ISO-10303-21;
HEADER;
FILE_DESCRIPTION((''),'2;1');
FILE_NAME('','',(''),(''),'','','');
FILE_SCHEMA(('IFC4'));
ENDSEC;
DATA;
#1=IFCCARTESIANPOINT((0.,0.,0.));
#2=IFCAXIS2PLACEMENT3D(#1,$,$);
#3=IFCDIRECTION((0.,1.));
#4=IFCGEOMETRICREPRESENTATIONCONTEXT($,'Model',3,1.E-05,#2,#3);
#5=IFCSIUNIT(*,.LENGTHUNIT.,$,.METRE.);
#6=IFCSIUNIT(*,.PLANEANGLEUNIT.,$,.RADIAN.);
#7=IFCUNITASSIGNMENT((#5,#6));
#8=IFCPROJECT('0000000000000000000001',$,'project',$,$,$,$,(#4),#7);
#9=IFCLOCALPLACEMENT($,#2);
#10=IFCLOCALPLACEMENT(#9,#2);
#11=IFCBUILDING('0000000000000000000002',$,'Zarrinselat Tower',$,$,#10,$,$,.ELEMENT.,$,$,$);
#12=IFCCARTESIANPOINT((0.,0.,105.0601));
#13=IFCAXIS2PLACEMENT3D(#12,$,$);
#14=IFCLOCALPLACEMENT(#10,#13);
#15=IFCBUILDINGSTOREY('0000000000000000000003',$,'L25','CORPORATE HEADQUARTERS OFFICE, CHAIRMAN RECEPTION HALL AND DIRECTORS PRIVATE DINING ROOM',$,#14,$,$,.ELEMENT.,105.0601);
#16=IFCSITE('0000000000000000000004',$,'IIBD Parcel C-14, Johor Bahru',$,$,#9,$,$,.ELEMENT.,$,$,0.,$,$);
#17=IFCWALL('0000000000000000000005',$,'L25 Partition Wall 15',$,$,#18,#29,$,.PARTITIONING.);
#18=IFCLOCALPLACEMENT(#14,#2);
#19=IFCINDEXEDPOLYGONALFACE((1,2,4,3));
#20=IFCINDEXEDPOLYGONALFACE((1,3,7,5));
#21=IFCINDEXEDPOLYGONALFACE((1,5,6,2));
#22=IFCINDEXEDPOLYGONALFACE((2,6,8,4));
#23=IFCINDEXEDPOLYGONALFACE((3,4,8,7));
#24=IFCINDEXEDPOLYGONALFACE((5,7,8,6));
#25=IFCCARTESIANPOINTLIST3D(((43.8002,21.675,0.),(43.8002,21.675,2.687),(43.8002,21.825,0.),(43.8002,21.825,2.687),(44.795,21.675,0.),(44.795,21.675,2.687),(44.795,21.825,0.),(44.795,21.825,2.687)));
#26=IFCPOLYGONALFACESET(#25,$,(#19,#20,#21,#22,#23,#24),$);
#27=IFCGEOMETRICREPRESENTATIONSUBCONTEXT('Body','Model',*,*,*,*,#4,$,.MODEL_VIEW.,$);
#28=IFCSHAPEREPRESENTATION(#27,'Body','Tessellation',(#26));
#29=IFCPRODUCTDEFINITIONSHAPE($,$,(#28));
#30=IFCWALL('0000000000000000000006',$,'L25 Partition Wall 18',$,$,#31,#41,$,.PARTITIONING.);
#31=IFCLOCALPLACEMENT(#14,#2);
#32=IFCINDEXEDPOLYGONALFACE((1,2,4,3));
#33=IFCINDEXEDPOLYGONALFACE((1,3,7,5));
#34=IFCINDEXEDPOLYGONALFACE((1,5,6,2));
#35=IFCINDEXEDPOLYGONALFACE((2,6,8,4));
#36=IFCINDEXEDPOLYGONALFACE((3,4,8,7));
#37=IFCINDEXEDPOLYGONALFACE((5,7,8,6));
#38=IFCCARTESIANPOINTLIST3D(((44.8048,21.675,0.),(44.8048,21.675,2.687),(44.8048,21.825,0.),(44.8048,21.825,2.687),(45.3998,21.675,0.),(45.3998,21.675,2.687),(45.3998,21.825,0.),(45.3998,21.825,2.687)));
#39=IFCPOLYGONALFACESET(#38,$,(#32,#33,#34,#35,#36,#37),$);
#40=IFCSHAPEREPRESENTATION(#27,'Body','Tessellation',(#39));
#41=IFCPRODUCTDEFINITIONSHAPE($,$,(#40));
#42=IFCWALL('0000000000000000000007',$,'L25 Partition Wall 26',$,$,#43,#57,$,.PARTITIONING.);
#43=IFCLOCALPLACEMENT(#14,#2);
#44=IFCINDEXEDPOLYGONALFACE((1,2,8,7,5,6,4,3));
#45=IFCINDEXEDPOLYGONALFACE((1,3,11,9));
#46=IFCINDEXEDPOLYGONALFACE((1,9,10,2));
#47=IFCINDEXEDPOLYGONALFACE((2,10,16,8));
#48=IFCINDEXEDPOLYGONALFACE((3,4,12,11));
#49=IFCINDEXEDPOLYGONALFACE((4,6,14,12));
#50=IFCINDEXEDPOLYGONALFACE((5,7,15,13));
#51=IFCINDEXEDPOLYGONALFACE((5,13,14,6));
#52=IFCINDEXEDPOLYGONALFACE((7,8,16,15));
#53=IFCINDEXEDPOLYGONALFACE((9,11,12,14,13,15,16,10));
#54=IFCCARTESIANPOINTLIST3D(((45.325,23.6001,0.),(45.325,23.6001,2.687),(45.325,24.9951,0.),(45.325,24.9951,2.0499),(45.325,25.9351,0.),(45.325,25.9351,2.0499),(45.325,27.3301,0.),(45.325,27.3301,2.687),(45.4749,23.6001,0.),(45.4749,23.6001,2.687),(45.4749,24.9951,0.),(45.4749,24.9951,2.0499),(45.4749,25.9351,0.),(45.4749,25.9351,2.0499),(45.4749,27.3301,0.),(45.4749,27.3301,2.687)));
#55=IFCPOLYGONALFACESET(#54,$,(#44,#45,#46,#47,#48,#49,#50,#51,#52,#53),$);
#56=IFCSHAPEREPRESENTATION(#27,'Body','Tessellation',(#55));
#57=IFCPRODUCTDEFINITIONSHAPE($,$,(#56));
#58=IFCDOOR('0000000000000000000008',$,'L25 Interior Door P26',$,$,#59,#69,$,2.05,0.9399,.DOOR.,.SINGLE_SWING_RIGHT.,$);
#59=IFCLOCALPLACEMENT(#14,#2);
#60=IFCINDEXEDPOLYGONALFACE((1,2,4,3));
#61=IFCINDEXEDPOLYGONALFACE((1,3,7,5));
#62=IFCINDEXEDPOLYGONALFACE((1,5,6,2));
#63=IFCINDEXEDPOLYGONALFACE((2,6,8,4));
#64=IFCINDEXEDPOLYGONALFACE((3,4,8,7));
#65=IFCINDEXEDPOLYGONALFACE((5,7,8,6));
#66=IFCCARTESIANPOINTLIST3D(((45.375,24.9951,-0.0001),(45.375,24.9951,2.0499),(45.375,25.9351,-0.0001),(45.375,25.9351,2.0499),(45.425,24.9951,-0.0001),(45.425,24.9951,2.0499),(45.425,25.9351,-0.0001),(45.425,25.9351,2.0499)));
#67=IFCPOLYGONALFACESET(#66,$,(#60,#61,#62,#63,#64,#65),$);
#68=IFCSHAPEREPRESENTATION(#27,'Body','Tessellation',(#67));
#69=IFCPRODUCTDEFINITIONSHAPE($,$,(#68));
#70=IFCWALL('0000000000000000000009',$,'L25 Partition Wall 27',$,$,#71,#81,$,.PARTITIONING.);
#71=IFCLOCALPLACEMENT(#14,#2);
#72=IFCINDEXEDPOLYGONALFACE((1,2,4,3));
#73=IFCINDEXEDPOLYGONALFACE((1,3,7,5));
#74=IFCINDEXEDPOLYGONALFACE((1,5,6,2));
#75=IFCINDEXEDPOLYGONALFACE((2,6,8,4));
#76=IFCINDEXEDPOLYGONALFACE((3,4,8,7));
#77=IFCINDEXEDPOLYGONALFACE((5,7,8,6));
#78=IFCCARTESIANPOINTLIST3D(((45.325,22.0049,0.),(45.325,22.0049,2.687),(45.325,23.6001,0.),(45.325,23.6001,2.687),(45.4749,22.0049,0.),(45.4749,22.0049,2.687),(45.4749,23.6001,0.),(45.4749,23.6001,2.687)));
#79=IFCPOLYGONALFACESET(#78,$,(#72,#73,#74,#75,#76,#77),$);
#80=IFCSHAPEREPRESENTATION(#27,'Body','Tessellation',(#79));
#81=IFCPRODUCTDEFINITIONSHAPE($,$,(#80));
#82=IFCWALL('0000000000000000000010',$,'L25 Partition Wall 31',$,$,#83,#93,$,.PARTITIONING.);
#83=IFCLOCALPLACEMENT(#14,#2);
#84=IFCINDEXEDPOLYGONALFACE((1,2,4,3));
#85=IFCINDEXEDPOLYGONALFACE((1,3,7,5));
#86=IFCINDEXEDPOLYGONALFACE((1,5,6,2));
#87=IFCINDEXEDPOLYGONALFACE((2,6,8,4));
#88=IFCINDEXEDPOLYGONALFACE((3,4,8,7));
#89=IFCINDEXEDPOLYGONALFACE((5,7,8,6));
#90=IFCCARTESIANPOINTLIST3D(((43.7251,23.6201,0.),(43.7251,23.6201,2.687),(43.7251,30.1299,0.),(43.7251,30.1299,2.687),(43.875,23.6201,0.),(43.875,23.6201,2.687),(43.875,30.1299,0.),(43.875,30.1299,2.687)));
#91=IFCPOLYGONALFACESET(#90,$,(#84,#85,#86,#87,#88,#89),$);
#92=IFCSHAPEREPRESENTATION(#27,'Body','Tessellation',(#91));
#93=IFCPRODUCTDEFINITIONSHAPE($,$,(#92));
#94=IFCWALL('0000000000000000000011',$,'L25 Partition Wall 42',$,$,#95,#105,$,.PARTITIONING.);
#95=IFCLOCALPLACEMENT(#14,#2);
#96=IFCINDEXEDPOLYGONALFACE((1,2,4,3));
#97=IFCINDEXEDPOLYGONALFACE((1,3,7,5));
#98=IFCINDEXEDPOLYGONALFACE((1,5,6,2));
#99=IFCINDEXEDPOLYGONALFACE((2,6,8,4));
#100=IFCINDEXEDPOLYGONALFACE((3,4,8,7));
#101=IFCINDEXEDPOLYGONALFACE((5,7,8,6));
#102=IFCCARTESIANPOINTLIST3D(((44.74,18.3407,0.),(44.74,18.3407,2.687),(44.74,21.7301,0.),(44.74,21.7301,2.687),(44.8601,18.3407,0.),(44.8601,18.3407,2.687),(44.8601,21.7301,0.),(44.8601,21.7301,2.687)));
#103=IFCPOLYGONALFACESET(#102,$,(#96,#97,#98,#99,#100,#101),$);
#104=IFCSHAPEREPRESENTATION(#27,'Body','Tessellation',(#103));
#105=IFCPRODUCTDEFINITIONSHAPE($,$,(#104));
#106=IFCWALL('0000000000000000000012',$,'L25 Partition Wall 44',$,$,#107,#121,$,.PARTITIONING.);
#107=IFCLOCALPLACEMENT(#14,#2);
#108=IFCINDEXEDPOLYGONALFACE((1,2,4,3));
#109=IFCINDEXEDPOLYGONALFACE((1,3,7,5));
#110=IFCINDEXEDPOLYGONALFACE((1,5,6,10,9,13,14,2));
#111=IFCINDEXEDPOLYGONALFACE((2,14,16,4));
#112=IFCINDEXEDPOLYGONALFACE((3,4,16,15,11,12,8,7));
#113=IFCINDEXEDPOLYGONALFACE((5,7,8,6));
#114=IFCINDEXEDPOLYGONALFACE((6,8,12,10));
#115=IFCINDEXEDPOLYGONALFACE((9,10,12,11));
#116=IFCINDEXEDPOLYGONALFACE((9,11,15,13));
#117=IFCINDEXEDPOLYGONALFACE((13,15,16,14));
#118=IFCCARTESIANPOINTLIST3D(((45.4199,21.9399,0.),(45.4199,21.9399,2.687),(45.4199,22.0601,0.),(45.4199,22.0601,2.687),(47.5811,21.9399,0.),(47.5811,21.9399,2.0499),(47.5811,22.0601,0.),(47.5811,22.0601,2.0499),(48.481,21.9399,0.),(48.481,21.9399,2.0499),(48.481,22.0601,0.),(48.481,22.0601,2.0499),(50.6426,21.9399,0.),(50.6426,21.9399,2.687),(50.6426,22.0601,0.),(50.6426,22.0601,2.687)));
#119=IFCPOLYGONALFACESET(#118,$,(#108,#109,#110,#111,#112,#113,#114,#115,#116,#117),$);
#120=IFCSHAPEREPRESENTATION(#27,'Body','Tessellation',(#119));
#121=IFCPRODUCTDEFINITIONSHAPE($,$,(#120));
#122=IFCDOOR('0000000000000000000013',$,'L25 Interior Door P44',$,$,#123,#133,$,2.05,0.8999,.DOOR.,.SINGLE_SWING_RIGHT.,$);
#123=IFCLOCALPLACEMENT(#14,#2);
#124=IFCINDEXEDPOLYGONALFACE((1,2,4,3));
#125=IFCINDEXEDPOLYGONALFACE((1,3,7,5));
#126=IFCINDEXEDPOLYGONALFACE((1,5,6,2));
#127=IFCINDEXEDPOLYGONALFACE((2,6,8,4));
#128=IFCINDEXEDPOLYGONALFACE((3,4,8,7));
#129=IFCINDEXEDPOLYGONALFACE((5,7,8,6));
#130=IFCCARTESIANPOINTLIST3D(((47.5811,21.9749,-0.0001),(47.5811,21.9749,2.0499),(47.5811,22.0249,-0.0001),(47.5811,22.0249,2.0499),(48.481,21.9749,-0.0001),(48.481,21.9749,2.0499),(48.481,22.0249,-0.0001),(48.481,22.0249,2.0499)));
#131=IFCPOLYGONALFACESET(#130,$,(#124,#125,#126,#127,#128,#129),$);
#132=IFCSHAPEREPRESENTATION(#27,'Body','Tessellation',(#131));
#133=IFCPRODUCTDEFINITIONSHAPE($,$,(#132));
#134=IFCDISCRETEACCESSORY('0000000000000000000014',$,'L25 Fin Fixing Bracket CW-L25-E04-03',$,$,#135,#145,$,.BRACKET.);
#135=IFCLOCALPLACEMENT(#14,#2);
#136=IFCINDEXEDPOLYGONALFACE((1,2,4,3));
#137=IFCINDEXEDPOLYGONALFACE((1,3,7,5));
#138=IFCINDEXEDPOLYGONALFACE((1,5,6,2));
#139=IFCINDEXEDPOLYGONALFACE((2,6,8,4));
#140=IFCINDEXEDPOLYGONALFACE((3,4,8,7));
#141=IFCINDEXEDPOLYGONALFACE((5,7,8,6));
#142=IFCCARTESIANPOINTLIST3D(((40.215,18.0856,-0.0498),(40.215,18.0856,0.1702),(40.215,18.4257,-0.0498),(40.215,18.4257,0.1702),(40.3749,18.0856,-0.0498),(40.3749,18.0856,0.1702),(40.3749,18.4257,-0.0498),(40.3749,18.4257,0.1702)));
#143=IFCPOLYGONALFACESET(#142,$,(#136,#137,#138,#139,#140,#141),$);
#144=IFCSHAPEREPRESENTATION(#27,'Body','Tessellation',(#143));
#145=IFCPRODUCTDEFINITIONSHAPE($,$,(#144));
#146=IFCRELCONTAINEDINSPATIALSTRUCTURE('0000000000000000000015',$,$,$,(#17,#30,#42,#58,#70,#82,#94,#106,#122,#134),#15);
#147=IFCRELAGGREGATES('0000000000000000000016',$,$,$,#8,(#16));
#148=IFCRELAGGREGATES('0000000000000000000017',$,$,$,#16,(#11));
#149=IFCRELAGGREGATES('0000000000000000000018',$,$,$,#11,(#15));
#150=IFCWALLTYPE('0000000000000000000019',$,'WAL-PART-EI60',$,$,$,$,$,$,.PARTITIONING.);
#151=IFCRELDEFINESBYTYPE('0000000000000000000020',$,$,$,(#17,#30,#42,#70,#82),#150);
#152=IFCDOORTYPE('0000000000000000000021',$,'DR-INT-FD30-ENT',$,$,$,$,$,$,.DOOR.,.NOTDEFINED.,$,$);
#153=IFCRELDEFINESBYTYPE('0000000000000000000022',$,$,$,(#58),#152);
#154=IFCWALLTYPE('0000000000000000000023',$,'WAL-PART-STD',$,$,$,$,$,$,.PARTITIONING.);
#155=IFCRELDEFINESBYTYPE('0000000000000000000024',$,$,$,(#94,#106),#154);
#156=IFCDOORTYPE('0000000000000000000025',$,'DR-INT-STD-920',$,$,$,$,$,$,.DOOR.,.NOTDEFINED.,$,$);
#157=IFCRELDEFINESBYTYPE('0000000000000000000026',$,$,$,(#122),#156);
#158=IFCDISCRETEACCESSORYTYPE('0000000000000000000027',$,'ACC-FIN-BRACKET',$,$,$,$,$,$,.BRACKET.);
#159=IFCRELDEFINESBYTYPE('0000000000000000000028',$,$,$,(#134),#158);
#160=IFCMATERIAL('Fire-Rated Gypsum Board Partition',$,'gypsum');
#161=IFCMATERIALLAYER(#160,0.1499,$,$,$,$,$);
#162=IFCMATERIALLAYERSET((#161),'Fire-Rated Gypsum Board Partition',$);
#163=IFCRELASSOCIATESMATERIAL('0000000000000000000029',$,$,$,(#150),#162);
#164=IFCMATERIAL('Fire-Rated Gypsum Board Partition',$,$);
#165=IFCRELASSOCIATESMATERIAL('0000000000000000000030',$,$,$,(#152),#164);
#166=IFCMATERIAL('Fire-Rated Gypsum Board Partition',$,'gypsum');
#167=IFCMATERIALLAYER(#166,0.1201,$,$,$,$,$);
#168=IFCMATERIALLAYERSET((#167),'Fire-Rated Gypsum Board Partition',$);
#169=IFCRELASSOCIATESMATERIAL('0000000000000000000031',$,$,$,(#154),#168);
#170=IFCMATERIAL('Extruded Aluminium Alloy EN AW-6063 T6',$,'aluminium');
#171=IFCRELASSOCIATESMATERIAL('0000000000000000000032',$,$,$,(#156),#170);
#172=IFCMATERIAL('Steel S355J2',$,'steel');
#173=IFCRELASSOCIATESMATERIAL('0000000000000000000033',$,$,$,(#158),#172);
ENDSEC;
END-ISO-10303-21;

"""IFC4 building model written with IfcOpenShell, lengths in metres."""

from ifc_helpers import new_model, si_unit, direction, frame, frame_2d, origin, origin_2d, place, context, subcontext, project, spatial, rectangle, extrude, material, layer, layer_set, type_object, element, fill, save


model = new_model("IFC4")

# Units and contexts
model_context = context("Model", 3, precision=1e-05, world=origin(), true_north=direction((0.0, 1.0)))
body_context = subcontext(model_context, "Body", "Model", "MODEL_VIEW")
ifc_project = project(units=[si_unit("LENGTHUNIT", "METRE"), si_unit("PLANEANGLEUNIT", "RADIAN")], contexts=[model_context])

# Site, building, storey
site_placement = place(None, origin())
site = spatial("IfcSite", under=ifc_project, at=site_placement, Name="IIBD Parcel C-14, Johor Bahru", CompositionType="ELEMENT", RefElevation=0.0)
building_placement = place(site_placement, origin())
building = spatial("IfcBuilding", under=site, at=building_placement, Name="Zarrinselat Tower", CompositionType="ELEMENT")
storey_placement = place(building_placement, frame((0.0, 0.0, 105.0601)))
storey = spatial("IfcBuildingStorey", under=building, at=storey_placement, Name="L25", Description="CORPORATE HEADQUARTERS OFFICE, CHAIRMAN RECEPTION HALL AND DIRECTORS PRIVATE DINING ROOM", CompositionType="ELEMENT", Elevation=105.0601)

# Walls
ifc_material_1 = material(Name="Fire-Rated Gypsum Board Partition", Category="gypsum")
ifc_layer_1 = layer(ifc_material_1, 0.1499)
ifc_layer_set_1 = layer_set([ifc_layer_1], Name="Fire-Rated Gypsum Board Partition")
wall_type_1 = type_object("IfcWallType", Name="WAL-PART-EI60", PredefinedType="PARTITIONING", material=ifc_layer_set_1)
wall_1_placement = place(storey_placement, frame((43.8, 21.75, 0.0), z_axis=(0.0, 0.0, 1.0), x_axis=(1.0, 0.0, 0.0)))
element("IfcWall", 1, at=wall_1_placement, inside=storey, type_object=wall_type_1, Name="L25 Partition Wall 15", PredefinedType="PARTITIONING", context=body_context, shape_type="SweptSolid", body=[
    extrude(rectangle(XDim=0.9949, YDim=0.1499, at=frame_2d((0.4976, 0.0))), origin(), (0.0, 0.0, 1.0), 2.687),
])
wall_2_placement = place(storey_placement, frame((44.8049, 21.75, 0.0), z_axis=(0.0, 0.0, 1.0), x_axis=(1.0, 0.0, 0.0)))
element("IfcWall", 2, at=wall_2_placement, inside=storey, type_object=wall_type_1, Name="L25 Partition Wall 18", PredefinedType="PARTITIONING", context=body_context, shape_type="SweptSolid", body=[
    extrude(rectangle(XDim=0.595, YDim=0.1499, at=frame_2d((0.2974, 0.0))), origin(), (0.0, 0.0, 1.0), 2.687),
])

# Wall, opening, door
wall_3_placement = place(storey_placement, frame((45.3999, 23.6001, 0.0), z_axis=(0.0, 0.0, 1.0), x_axis=(0.0, 1.0, 0.0)))
wall_3 = element("IfcWall", 3, at=wall_3_placement, inside=storey, type_object=wall_type_1, Name="L25 Partition Wall 26", PredefinedType="PARTITIONING", context=body_context, shape_type="SweptSolid", body=[
    extrude(rectangle(XDim=3.73, YDim=0.1499, at=frame_2d((1.865, 0.0))), origin(), (0.0, 0.0, 1.0), 2.687),
])
opening_1_placement = place(wall_3_placement, frame((1.395, 0.0, 0.0)))
opening_1 = element("IfcOpeningElement", 4, at=opening_1_placement, cuts=wall_3, PredefinedType="OPENING", context=body_context, shape_type="SweptSolid", body=[
    extrude(rectangle(XDim=0.9399, YDim=2.05, at=frame_2d((0.47, 1.0249))), frame((0.0, 0.085, 0.0), z_axis=(0.0, -1.0, 0.0), x_axis=(1.0, 0.0, 0.0)), (0.0, 0.0, 1.0), 0.1699),
])
ifc_material_2 = material(Name="Fire-Rated Gypsum Board Partition")
door_type_1 = type_object("IfcDoorType", Name="DR-INT-FD30-ENT", OperationType="NOTDEFINED", PredefinedType="DOOR", material=ifc_material_2)
door_1_placement = place(opening_1_placement, origin())
door_1 = element("IfcDoor", 5, at=door_1_placement, inside=storey, type_object=door_type_1, Name="L25 Interior Door P26", OperationType="SINGLE_SWING_RIGHT", OverallHeight=2.05, OverallWidth=0.9399, PredefinedType="DOOR", context=body_context, shape_type="SweptSolid", body=[
    extrude(rectangle(XDim=0.9399, YDim=2.05, at=frame_2d((0.47, 1.0249))), frame((0.0, 0.0249, 0.0), z_axis=(0.0, -1.0, 0.0), x_axis=(1.0, 0.0, 0.0)), (0.0, 0.0, 1.0), 0.05),
])
fill(opening_1, door_1)

# Walls
wall_4_placement = place(storey_placement, frame((45.3999, 22.0049, 0.0), z_axis=(0.0, 0.0, 1.0), x_axis=(0.0, 1.0, 0.0)))
element("IfcWall", 6, at=wall_4_placement, inside=storey, type_object=wall_type_1, Name="L25 Partition Wall 27", PredefinedType="PARTITIONING", context=body_context, shape_type="SweptSolid", body=[
    extrude(rectangle(XDim=1.5952, YDim=0.1499, at=frame_2d((0.7976, 0.0))), origin(), (0.0, 0.0, 1.0), 2.687),
])
wall_5_placement = place(storey_placement, frame((43.8, 23.6201, 0.0), z_axis=(0.0, 0.0, 1.0), x_axis=(0.0, 1.0, 0.0)))
element("IfcWall", 7, at=wall_5_placement, inside=storey, type_object=wall_type_1, Name="L25 Partition Wall 31", PredefinedType="PARTITIONING", context=body_context, shape_type="SweptSolid", body=[
    extrude(rectangle(XDim=6.5098, YDim=0.1499, at=frame_2d((3.2549, 0.0))), origin(), (0.0, 0.0, 1.0), 2.687),
])
ifc_material_3 = material(Name="Fire-Rated Gypsum Board Partition", Category="gypsum")
ifc_layer_2 = layer(ifc_material_3, 0.1201)
ifc_layer_set_2 = layer_set([ifc_layer_2], Name="Fire-Rated Gypsum Board Partition")
wall_type_2 = type_object("IfcWallType", Name="WAL-PART-STD", PredefinedType="PARTITIONING", material=ifc_layer_set_2)
wall_6_placement = place(storey_placement, frame((44.8, 18.3406, 0.0), z_axis=(0.0, 0.0, 1.0), x_axis=(0.0, 1.0, 0.0)))
element("IfcWall", 8, at=wall_6_placement, inside=storey, type_object=wall_type_2, Name="L25 Partition Wall 42", PredefinedType="PARTITIONING", context=body_context, shape_type="SweptSolid", body=[
    extrude(rectangle(XDim=3.3894, YDim=0.1201, at=frame_2d((1.6948, 0.0))), origin(), (0.0, 0.0, 1.0), 2.687),
])

# Wall, opening, door
wall_7_placement = place(storey_placement, frame((45.4199, 22.0, 0.0), z_axis=(0.0, 0.0, 1.0), x_axis=(1.0, 0.0, 0.0)))
wall_7 = element("IfcWall", 9, at=wall_7_placement, inside=storey, type_object=wall_type_2, Name="L25 Partition Wall 44", PredefinedType="PARTITIONING", context=body_context, shape_type="SweptSolid", body=[
    extrude(rectangle(XDim=5.2227, YDim=0.1201, at=frame_2d((2.6113, 0.0))), origin(), (0.0, 0.0, 1.0), 2.687),
])
opening_2_placement = place(wall_7_placement, frame((2.1611, 0.0, 0.0)))
opening_2 = element("IfcOpeningElement", 10, at=opening_2_placement, cuts=wall_7, PredefinedType="OPENING", context=body_context, shape_type="SweptSolid", body=[
    extrude(rectangle(XDim=0.8999, YDim=2.05, at=frame_2d((0.45, 1.0249))), frame((0.0, 0.0701, 0.0), z_axis=(0.0, -1.0, 0.0), x_axis=(1.0, 0.0, 0.0)), (0.0, 0.0, 1.0), 0.1401),
])
ifc_material_4 = material(Name="Extruded Aluminium Alloy EN AW-6063 T6", Category="aluminium")
door_type_2 = type_object("IfcDoorType", Name="DR-INT-STD-920", OperationType="NOTDEFINED", PredefinedType="DOOR", material=ifc_material_4)
door_2_placement = place(opening_2_placement, origin())
door_2 = element("IfcDoor", 11, at=door_2_placement, inside=storey, type_object=door_type_2, Name="L25 Interior Door P44", OperationType="SINGLE_SWING_RIGHT", OverallHeight=2.05, OverallWidth=0.8999, PredefinedType="DOOR", context=body_context, shape_type="SweptSolid", body=[
    extrude(rectangle(XDim=0.8999, YDim=2.05, at=frame_2d((0.45, 1.0249))), frame((0.0, 0.0249, 0.0), z_axis=(0.0, -1.0, 0.0), x_axis=(1.0, 0.0, 0.0)), (0.0, 0.0, 1.0), 0.05),
])
fill(opening_2, door_2)

# Discrete accessory
ifc_material_5 = material(Name="Steel S355J2", Category="steel")
discrete_accessory_type = type_object("IfcDiscreteAccessoryType", Name="ACC-FIN-BRACKET", PredefinedType="BRACKET", material=ifc_material_5)
discrete_accessory_placement = place(storey_placement, frame((40.2949, 18.2556, -0.0498), z_axis=(0.0, 0.0, 1.0), x_axis=(0.0, -1.0, 0.0)))
element("IfcDiscreteAccessory", 12, at=discrete_accessory_placement, inside=storey, type_object=discrete_accessory_type, Name="L25 Fin Fixing Bracket CW-L25-E04-03", PredefinedType="BRACKET", context=body_context, shape_type="SweptSolid", body=[
    extrude(rectangle(XDim=0.3401, YDim=0.1599, at=origin_2d()), origin(), (0.0, 0.0, 1.0), 0.22),
])

save(model, "model.ifc")
